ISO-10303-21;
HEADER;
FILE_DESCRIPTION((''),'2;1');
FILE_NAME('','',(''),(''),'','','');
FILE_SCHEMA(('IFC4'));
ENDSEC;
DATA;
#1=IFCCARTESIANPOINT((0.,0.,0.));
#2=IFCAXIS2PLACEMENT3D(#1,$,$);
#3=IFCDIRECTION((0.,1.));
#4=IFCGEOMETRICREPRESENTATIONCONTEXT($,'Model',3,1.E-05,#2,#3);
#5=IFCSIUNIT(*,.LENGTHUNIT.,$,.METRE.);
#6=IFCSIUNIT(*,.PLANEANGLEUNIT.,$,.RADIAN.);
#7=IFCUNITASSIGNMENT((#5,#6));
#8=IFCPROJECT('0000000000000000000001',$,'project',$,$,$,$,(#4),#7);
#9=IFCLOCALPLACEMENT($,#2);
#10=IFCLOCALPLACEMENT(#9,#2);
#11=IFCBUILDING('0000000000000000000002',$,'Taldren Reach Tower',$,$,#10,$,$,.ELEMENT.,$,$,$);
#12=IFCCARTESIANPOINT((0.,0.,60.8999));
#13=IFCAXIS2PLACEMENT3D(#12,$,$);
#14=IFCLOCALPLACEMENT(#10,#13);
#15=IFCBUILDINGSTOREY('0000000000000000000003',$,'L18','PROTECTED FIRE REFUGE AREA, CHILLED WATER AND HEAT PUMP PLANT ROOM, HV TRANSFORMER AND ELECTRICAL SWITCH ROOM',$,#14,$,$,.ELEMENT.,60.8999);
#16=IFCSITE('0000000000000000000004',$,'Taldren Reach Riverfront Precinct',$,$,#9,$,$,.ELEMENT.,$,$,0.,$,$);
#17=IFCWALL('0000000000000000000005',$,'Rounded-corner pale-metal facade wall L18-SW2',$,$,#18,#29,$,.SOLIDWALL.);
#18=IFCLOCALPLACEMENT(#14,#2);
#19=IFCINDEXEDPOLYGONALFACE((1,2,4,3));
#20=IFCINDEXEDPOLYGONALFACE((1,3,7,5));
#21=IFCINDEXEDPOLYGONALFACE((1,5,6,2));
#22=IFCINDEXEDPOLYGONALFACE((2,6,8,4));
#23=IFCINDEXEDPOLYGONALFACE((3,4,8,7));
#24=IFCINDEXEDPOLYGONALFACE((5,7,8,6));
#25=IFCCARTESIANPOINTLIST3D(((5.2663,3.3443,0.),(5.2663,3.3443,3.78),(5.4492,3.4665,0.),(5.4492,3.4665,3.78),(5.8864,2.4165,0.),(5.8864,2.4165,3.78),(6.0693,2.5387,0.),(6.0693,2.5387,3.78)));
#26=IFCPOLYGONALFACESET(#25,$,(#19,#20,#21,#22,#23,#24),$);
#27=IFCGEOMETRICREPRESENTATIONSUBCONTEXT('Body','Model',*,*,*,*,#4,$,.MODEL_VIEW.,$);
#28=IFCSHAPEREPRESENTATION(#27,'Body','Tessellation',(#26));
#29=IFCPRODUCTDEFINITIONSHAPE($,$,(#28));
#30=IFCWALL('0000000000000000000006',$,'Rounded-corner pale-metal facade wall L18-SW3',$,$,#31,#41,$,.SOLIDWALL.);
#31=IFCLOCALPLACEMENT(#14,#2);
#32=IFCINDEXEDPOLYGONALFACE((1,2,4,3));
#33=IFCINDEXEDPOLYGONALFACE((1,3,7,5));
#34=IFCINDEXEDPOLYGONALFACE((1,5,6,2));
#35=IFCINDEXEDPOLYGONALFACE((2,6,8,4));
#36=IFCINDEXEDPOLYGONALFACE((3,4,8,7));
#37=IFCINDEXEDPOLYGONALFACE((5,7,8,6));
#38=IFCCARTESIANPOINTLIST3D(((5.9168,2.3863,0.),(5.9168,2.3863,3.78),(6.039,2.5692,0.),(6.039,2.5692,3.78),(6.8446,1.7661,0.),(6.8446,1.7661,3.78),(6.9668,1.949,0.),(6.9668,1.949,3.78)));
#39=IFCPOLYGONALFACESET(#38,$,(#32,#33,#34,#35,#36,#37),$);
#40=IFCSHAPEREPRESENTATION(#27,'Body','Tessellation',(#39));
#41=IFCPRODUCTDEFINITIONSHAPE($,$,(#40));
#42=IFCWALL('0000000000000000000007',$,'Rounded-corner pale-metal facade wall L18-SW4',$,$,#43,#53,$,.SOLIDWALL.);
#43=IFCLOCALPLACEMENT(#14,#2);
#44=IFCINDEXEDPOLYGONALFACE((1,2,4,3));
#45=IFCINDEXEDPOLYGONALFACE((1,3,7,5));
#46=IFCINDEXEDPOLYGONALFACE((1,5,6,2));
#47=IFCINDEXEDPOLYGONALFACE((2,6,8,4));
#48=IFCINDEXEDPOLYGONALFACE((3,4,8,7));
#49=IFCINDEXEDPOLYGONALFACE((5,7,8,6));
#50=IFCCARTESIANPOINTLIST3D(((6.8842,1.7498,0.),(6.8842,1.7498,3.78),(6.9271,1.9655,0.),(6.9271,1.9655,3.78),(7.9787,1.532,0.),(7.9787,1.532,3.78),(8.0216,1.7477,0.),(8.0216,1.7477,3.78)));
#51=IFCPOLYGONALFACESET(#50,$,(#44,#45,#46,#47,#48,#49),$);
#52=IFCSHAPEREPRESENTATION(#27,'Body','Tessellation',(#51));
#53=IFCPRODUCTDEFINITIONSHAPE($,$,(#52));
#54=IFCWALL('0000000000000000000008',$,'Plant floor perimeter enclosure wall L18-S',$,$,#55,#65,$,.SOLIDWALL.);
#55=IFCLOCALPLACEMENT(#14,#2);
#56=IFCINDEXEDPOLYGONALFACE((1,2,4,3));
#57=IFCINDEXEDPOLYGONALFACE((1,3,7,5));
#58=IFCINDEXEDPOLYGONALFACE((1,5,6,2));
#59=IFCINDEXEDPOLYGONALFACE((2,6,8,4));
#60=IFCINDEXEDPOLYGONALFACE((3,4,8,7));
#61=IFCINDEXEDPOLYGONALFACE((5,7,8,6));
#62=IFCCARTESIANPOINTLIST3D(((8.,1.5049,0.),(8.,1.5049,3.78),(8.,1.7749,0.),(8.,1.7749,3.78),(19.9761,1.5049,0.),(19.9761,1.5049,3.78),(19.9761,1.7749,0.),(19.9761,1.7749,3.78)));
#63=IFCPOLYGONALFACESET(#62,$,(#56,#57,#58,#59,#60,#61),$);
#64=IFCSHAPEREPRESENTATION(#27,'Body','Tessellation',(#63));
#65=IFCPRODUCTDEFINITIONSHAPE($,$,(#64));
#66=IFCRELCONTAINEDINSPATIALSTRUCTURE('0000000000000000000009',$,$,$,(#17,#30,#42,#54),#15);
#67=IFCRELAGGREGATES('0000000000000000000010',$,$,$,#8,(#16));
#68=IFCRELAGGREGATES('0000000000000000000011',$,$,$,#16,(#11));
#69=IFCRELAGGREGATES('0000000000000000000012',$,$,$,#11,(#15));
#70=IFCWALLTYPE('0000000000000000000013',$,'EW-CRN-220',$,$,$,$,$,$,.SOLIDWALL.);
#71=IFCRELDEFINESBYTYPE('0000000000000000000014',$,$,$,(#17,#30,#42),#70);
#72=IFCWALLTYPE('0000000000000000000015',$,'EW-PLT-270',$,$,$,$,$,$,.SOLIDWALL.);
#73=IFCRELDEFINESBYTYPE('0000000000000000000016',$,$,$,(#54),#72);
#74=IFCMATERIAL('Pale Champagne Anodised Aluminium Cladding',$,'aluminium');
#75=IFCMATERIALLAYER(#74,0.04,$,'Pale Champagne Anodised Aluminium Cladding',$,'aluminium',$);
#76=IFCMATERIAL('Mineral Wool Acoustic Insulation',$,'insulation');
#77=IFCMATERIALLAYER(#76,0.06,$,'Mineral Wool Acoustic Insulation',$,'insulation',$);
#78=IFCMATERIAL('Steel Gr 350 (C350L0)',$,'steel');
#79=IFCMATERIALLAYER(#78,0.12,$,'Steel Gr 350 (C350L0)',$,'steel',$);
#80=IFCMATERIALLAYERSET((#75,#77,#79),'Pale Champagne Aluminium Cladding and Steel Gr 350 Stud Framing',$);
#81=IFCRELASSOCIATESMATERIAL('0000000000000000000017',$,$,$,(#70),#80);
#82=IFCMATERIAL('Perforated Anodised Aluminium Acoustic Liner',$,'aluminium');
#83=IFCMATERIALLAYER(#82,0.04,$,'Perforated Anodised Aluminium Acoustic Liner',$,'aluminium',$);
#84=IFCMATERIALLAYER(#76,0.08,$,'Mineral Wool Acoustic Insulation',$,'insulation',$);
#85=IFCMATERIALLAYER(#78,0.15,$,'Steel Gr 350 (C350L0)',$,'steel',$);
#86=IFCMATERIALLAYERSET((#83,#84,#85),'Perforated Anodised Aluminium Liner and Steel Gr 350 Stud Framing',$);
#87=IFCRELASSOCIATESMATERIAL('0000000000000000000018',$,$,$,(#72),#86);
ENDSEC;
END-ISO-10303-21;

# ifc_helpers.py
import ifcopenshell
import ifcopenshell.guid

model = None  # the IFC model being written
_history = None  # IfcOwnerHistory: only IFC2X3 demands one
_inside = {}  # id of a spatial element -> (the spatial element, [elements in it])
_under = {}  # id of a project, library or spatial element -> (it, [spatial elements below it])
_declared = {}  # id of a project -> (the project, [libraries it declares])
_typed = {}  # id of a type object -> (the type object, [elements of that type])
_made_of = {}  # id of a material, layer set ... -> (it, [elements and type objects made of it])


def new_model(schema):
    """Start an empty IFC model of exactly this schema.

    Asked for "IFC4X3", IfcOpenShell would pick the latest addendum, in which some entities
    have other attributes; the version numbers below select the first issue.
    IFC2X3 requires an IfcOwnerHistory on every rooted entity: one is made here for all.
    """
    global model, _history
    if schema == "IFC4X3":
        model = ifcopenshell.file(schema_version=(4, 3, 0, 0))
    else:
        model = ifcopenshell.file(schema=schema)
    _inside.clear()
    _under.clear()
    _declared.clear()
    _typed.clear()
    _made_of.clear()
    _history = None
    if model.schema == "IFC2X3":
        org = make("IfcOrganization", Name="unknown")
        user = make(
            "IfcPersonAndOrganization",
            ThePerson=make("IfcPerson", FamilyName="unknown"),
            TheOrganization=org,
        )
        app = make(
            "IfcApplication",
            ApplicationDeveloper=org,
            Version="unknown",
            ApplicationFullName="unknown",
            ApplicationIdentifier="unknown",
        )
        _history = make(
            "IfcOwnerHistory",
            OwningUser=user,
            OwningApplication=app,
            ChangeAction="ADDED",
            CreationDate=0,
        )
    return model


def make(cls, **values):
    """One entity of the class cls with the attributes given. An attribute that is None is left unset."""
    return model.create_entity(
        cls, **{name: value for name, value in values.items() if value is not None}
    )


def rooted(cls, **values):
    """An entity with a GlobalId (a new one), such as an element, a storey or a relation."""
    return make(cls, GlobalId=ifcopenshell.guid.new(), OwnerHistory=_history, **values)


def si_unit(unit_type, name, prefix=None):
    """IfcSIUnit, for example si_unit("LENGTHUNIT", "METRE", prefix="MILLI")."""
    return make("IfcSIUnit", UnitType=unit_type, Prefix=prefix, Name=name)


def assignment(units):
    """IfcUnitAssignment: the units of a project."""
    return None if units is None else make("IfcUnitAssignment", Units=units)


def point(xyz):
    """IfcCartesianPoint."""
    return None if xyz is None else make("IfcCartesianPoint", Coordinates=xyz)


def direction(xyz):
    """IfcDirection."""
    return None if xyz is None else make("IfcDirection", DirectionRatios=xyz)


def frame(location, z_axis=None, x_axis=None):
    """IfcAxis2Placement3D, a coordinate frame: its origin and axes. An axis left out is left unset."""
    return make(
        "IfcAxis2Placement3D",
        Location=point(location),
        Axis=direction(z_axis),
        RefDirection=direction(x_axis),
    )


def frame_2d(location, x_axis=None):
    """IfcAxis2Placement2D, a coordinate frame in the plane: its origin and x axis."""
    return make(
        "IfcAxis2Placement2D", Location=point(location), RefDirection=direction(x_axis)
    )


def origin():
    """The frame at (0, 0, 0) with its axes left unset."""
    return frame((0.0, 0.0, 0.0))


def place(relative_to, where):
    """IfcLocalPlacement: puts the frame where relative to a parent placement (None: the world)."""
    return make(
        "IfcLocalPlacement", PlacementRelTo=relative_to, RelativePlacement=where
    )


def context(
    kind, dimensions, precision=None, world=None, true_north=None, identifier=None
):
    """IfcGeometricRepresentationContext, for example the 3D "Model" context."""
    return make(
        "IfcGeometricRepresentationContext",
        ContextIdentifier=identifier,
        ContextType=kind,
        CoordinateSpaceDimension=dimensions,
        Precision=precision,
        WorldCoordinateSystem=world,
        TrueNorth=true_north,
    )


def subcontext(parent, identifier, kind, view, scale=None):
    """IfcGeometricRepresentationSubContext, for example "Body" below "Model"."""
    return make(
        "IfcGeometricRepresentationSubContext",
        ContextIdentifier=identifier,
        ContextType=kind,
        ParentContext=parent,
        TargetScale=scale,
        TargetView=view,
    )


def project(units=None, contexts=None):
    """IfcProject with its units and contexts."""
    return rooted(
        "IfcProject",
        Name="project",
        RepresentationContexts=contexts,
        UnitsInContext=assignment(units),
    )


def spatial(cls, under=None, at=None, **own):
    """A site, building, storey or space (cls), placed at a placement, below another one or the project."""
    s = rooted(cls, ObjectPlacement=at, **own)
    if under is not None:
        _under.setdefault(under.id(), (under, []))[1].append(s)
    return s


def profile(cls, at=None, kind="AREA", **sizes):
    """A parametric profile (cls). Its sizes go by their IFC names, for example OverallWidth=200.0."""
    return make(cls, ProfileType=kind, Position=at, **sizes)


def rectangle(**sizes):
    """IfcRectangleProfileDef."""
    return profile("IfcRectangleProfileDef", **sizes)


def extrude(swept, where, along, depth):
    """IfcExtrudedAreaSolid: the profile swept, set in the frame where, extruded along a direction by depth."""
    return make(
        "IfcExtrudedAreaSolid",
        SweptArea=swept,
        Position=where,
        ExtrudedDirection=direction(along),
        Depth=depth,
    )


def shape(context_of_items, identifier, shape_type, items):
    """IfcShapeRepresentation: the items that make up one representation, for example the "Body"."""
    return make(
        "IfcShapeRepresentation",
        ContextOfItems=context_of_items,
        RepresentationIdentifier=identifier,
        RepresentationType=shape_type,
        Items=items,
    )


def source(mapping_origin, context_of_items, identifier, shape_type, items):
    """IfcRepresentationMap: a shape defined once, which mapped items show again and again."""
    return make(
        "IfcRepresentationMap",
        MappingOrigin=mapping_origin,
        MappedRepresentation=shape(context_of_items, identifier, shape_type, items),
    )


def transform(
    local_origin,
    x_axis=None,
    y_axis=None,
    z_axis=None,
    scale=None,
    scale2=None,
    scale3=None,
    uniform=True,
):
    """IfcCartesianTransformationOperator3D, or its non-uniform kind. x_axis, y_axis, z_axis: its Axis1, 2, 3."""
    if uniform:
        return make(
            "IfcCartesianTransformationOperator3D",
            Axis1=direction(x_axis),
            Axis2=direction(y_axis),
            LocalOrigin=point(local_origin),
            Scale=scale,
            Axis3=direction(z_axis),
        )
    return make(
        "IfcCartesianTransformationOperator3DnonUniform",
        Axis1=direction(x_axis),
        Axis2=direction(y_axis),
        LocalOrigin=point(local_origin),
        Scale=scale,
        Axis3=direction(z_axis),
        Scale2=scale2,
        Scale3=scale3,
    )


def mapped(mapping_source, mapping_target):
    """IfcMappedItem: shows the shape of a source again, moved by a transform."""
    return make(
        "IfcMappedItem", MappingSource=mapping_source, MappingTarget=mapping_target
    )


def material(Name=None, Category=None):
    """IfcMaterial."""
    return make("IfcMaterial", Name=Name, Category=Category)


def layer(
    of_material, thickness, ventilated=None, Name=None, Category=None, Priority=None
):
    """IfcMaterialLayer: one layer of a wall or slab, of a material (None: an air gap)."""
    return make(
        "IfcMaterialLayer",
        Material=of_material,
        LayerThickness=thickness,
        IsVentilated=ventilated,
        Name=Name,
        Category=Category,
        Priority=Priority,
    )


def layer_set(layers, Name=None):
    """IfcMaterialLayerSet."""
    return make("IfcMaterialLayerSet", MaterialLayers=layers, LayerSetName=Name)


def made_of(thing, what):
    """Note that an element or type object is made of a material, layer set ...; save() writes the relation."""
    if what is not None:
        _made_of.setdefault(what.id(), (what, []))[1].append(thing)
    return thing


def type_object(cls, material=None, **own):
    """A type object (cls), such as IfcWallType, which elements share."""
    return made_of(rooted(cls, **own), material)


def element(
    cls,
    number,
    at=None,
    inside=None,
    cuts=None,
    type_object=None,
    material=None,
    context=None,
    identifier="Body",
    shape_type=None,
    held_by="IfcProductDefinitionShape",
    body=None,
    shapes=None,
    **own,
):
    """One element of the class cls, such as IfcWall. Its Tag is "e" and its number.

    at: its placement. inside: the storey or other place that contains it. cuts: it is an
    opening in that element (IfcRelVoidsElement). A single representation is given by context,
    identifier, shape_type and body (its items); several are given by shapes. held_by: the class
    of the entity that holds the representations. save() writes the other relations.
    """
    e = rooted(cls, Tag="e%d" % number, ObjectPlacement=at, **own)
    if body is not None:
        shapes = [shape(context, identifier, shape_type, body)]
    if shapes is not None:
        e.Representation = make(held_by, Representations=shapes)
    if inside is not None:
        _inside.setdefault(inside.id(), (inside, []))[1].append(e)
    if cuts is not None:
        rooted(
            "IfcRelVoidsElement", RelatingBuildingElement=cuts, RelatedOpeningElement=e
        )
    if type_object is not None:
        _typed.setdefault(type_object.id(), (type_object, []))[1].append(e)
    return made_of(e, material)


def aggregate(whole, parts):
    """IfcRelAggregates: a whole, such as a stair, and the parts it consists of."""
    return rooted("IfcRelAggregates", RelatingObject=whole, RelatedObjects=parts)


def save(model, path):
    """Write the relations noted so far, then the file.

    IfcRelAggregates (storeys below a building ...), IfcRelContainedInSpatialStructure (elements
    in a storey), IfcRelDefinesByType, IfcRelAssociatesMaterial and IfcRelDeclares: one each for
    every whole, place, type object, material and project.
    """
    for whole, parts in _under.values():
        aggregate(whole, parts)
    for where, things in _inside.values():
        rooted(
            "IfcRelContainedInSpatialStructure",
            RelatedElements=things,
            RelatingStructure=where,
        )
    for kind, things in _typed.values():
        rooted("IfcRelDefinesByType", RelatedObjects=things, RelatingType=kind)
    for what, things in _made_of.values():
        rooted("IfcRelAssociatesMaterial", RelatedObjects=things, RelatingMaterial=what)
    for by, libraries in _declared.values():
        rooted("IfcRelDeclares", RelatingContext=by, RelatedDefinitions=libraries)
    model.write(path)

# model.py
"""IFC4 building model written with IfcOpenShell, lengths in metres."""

from ifc_helpers import new_model, si_unit, direction, frame, frame_2d, origin, place, context, subcontext, project, spatial, rectangle, extrude, source, transform, mapped, material, layer, layer_set, type_object, element, save


model = new_model("IFC4")

# Units and contexts
model_context = context("Model", 3, precision=1e-05, world=origin(), true_north=direction((0.0, 1.0)))
body_context = subcontext(model_context, "Body", "Model", "MODEL_VIEW")
ifc_project = project(units=[si_unit("LENGTHUNIT", "METRE"), si_unit("PLANEANGLEUNIT", "RADIAN")], contexts=[model_context])

# Site, building, storey
site_placement = place(None, origin())
site = spatial("IfcSite", under=ifc_project, at=site_placement, Name="Taldren Reach Riverfront Precinct", CompositionType="ELEMENT", RefElevation=0.0)
building_placement = place(site_placement, origin())
building = spatial("IfcBuilding", under=site, at=building_placement, Name="Taldren Reach Tower", CompositionType="ELEMENT")
storey_placement = place(building_placement, frame((0.0, 0.0, 60.8999)))
storey = spatial("IfcBuildingStorey", under=building, at=storey_placement, Name="L18", Description="PROTECTED FIRE REFUGE AREA, CHILLED WATER AND HEAT PUMP PLANT ROOM, HV TRANSFORMER AND ELECTRICAL SWITCH ROOM", CompositionType="ELEMENT", Elevation=60.8999)

# Shared definitions
ifc_material_1 = material(Name="Steel Gr 350 (C350L0)", Category="steel")

# Walls
ifc_material_2 = material(Name="Pale Champagne Anodised Aluminium Cladding", Category="aluminium")
ifc_layer_1 = layer(ifc_material_2, 0.04, Name="Pale Champagne Anodised Aluminium Cladding", Category="aluminium")
ifc_material_3 = material(Name="Mineral Wool Acoustic Insulation", Category="insulation")
ifc_layer_2 = layer(ifc_material_3, 0.06, Name="Mineral Wool Acoustic Insulation", Category="insulation")
ifc_layer_3 = layer(ifc_material_1, 0.12, Name="Steel Gr 350 (C350L0)", Category="steel")
ifc_layer_set_1 = layer_set([ifc_layer_1, ifc_layer_2, ifc_layer_3], Name="Pale Champagne Aluminium Cladding and Steel Gr 350 Stud Framing")
wall_type_1 = type_object("IfcWallType", Name="EW-CRN-220", PredefinedType="SOLIDWALL", material=ifc_layer_set_1)
shared_shape_1 = source(origin(), body_context, "Body", "SweptSolid", [
    extrude(rectangle(XDim=1.116, YDim=0.22, at=frame_2d((0.5581, 0.0))), origin(), (0.0, 0.0, 1.0), 3.78),
])
for number, where, z_axis, x_axis, name in (
    (1, (5.3577, 3.4055, 0.0), (0.0, 0.0, 1.0), (0.55571, -0.831377, 0.0), "Rounded-corner pale-metal facade wall L18-SW2"),
    (2, (5.9778, 2.4778, 0.0), (0.0, 0.0, 1.0), (0.831377, -0.55571, 0.0), "Rounded-corner pale-metal facade wall L18-SW3"),
    (3, (6.9055, 1.8577, 0.0), (0.0, 0.0, 1.0), (0.980774, -0.195148, 0.0), "Rounded-corner pale-metal facade wall L18-SW4"),
):
    element("IfcWall", number, at=place(storey_placement, frame(where, z_axis=z_axis, x_axis=x_axis)), inside=storey, type_object=wall_type_1, Name=name, PredefinedType="SOLIDWALL", context=body_context, shape_type="MappedRepresentation", body=[
        mapped(shared_shape_1, transform((0.0, 0.0, 0.0), scale=1.0)),
    ])
ifc_material_4 = material(Name="Perforated Anodised Aluminium Acoustic Liner", Category="aluminium")
ifc_layer_4 = layer(ifc_material_4, 0.04, Name="Perforated Anodised Aluminium Acoustic Liner", Category="aluminium")
ifc_layer_5 = layer(ifc_material_3, 0.08, Name="Mineral Wool Acoustic Insulation", Category="insulation")
ifc_layer_6 = layer(ifc_material_1, 0.15, Name="Steel Gr 350 (C350L0)", Category="steel")
ifc_layer_set_2 = layer_set([ifc_layer_4, ifc_layer_5, ifc_layer_6], Name="Perforated Anodised Aluminium Liner and Steel Gr 350 Stud Framing")
wall_type_2 = type_object("IfcWallType", Name="EW-PLT-270", PredefinedType="SOLIDWALL", material=ifc_layer_set_2)
shared_shape_2 = source(origin(), body_context, "Body", "SweptSolid", [
    extrude(rectangle(XDim=11.9761, YDim=0.27, at=frame_2d((5.988, 0.0))), origin(), (0.0, 0.0, 1.0), 3.78),
])
wall_placement = place(storey_placement, frame((8.0, 1.6399, 0.0), z_axis=(0.0, 0.0, 1.0), x_axis=(1.0, 0.0, 0.0)))
element("IfcWall", 4, at=wall_placement, inside=storey, type_object=wall_type_2, Name="Plant floor perimeter enclosure wall L18-S", PredefinedType="SOLIDWALL", context=body_context, shape_type="MappedRepresentation", body=[
    mapped(shared_shape_2, transform((0.0, 0.0, 0.0), scale=1.0)),
])

save(model, "model.ifc")
